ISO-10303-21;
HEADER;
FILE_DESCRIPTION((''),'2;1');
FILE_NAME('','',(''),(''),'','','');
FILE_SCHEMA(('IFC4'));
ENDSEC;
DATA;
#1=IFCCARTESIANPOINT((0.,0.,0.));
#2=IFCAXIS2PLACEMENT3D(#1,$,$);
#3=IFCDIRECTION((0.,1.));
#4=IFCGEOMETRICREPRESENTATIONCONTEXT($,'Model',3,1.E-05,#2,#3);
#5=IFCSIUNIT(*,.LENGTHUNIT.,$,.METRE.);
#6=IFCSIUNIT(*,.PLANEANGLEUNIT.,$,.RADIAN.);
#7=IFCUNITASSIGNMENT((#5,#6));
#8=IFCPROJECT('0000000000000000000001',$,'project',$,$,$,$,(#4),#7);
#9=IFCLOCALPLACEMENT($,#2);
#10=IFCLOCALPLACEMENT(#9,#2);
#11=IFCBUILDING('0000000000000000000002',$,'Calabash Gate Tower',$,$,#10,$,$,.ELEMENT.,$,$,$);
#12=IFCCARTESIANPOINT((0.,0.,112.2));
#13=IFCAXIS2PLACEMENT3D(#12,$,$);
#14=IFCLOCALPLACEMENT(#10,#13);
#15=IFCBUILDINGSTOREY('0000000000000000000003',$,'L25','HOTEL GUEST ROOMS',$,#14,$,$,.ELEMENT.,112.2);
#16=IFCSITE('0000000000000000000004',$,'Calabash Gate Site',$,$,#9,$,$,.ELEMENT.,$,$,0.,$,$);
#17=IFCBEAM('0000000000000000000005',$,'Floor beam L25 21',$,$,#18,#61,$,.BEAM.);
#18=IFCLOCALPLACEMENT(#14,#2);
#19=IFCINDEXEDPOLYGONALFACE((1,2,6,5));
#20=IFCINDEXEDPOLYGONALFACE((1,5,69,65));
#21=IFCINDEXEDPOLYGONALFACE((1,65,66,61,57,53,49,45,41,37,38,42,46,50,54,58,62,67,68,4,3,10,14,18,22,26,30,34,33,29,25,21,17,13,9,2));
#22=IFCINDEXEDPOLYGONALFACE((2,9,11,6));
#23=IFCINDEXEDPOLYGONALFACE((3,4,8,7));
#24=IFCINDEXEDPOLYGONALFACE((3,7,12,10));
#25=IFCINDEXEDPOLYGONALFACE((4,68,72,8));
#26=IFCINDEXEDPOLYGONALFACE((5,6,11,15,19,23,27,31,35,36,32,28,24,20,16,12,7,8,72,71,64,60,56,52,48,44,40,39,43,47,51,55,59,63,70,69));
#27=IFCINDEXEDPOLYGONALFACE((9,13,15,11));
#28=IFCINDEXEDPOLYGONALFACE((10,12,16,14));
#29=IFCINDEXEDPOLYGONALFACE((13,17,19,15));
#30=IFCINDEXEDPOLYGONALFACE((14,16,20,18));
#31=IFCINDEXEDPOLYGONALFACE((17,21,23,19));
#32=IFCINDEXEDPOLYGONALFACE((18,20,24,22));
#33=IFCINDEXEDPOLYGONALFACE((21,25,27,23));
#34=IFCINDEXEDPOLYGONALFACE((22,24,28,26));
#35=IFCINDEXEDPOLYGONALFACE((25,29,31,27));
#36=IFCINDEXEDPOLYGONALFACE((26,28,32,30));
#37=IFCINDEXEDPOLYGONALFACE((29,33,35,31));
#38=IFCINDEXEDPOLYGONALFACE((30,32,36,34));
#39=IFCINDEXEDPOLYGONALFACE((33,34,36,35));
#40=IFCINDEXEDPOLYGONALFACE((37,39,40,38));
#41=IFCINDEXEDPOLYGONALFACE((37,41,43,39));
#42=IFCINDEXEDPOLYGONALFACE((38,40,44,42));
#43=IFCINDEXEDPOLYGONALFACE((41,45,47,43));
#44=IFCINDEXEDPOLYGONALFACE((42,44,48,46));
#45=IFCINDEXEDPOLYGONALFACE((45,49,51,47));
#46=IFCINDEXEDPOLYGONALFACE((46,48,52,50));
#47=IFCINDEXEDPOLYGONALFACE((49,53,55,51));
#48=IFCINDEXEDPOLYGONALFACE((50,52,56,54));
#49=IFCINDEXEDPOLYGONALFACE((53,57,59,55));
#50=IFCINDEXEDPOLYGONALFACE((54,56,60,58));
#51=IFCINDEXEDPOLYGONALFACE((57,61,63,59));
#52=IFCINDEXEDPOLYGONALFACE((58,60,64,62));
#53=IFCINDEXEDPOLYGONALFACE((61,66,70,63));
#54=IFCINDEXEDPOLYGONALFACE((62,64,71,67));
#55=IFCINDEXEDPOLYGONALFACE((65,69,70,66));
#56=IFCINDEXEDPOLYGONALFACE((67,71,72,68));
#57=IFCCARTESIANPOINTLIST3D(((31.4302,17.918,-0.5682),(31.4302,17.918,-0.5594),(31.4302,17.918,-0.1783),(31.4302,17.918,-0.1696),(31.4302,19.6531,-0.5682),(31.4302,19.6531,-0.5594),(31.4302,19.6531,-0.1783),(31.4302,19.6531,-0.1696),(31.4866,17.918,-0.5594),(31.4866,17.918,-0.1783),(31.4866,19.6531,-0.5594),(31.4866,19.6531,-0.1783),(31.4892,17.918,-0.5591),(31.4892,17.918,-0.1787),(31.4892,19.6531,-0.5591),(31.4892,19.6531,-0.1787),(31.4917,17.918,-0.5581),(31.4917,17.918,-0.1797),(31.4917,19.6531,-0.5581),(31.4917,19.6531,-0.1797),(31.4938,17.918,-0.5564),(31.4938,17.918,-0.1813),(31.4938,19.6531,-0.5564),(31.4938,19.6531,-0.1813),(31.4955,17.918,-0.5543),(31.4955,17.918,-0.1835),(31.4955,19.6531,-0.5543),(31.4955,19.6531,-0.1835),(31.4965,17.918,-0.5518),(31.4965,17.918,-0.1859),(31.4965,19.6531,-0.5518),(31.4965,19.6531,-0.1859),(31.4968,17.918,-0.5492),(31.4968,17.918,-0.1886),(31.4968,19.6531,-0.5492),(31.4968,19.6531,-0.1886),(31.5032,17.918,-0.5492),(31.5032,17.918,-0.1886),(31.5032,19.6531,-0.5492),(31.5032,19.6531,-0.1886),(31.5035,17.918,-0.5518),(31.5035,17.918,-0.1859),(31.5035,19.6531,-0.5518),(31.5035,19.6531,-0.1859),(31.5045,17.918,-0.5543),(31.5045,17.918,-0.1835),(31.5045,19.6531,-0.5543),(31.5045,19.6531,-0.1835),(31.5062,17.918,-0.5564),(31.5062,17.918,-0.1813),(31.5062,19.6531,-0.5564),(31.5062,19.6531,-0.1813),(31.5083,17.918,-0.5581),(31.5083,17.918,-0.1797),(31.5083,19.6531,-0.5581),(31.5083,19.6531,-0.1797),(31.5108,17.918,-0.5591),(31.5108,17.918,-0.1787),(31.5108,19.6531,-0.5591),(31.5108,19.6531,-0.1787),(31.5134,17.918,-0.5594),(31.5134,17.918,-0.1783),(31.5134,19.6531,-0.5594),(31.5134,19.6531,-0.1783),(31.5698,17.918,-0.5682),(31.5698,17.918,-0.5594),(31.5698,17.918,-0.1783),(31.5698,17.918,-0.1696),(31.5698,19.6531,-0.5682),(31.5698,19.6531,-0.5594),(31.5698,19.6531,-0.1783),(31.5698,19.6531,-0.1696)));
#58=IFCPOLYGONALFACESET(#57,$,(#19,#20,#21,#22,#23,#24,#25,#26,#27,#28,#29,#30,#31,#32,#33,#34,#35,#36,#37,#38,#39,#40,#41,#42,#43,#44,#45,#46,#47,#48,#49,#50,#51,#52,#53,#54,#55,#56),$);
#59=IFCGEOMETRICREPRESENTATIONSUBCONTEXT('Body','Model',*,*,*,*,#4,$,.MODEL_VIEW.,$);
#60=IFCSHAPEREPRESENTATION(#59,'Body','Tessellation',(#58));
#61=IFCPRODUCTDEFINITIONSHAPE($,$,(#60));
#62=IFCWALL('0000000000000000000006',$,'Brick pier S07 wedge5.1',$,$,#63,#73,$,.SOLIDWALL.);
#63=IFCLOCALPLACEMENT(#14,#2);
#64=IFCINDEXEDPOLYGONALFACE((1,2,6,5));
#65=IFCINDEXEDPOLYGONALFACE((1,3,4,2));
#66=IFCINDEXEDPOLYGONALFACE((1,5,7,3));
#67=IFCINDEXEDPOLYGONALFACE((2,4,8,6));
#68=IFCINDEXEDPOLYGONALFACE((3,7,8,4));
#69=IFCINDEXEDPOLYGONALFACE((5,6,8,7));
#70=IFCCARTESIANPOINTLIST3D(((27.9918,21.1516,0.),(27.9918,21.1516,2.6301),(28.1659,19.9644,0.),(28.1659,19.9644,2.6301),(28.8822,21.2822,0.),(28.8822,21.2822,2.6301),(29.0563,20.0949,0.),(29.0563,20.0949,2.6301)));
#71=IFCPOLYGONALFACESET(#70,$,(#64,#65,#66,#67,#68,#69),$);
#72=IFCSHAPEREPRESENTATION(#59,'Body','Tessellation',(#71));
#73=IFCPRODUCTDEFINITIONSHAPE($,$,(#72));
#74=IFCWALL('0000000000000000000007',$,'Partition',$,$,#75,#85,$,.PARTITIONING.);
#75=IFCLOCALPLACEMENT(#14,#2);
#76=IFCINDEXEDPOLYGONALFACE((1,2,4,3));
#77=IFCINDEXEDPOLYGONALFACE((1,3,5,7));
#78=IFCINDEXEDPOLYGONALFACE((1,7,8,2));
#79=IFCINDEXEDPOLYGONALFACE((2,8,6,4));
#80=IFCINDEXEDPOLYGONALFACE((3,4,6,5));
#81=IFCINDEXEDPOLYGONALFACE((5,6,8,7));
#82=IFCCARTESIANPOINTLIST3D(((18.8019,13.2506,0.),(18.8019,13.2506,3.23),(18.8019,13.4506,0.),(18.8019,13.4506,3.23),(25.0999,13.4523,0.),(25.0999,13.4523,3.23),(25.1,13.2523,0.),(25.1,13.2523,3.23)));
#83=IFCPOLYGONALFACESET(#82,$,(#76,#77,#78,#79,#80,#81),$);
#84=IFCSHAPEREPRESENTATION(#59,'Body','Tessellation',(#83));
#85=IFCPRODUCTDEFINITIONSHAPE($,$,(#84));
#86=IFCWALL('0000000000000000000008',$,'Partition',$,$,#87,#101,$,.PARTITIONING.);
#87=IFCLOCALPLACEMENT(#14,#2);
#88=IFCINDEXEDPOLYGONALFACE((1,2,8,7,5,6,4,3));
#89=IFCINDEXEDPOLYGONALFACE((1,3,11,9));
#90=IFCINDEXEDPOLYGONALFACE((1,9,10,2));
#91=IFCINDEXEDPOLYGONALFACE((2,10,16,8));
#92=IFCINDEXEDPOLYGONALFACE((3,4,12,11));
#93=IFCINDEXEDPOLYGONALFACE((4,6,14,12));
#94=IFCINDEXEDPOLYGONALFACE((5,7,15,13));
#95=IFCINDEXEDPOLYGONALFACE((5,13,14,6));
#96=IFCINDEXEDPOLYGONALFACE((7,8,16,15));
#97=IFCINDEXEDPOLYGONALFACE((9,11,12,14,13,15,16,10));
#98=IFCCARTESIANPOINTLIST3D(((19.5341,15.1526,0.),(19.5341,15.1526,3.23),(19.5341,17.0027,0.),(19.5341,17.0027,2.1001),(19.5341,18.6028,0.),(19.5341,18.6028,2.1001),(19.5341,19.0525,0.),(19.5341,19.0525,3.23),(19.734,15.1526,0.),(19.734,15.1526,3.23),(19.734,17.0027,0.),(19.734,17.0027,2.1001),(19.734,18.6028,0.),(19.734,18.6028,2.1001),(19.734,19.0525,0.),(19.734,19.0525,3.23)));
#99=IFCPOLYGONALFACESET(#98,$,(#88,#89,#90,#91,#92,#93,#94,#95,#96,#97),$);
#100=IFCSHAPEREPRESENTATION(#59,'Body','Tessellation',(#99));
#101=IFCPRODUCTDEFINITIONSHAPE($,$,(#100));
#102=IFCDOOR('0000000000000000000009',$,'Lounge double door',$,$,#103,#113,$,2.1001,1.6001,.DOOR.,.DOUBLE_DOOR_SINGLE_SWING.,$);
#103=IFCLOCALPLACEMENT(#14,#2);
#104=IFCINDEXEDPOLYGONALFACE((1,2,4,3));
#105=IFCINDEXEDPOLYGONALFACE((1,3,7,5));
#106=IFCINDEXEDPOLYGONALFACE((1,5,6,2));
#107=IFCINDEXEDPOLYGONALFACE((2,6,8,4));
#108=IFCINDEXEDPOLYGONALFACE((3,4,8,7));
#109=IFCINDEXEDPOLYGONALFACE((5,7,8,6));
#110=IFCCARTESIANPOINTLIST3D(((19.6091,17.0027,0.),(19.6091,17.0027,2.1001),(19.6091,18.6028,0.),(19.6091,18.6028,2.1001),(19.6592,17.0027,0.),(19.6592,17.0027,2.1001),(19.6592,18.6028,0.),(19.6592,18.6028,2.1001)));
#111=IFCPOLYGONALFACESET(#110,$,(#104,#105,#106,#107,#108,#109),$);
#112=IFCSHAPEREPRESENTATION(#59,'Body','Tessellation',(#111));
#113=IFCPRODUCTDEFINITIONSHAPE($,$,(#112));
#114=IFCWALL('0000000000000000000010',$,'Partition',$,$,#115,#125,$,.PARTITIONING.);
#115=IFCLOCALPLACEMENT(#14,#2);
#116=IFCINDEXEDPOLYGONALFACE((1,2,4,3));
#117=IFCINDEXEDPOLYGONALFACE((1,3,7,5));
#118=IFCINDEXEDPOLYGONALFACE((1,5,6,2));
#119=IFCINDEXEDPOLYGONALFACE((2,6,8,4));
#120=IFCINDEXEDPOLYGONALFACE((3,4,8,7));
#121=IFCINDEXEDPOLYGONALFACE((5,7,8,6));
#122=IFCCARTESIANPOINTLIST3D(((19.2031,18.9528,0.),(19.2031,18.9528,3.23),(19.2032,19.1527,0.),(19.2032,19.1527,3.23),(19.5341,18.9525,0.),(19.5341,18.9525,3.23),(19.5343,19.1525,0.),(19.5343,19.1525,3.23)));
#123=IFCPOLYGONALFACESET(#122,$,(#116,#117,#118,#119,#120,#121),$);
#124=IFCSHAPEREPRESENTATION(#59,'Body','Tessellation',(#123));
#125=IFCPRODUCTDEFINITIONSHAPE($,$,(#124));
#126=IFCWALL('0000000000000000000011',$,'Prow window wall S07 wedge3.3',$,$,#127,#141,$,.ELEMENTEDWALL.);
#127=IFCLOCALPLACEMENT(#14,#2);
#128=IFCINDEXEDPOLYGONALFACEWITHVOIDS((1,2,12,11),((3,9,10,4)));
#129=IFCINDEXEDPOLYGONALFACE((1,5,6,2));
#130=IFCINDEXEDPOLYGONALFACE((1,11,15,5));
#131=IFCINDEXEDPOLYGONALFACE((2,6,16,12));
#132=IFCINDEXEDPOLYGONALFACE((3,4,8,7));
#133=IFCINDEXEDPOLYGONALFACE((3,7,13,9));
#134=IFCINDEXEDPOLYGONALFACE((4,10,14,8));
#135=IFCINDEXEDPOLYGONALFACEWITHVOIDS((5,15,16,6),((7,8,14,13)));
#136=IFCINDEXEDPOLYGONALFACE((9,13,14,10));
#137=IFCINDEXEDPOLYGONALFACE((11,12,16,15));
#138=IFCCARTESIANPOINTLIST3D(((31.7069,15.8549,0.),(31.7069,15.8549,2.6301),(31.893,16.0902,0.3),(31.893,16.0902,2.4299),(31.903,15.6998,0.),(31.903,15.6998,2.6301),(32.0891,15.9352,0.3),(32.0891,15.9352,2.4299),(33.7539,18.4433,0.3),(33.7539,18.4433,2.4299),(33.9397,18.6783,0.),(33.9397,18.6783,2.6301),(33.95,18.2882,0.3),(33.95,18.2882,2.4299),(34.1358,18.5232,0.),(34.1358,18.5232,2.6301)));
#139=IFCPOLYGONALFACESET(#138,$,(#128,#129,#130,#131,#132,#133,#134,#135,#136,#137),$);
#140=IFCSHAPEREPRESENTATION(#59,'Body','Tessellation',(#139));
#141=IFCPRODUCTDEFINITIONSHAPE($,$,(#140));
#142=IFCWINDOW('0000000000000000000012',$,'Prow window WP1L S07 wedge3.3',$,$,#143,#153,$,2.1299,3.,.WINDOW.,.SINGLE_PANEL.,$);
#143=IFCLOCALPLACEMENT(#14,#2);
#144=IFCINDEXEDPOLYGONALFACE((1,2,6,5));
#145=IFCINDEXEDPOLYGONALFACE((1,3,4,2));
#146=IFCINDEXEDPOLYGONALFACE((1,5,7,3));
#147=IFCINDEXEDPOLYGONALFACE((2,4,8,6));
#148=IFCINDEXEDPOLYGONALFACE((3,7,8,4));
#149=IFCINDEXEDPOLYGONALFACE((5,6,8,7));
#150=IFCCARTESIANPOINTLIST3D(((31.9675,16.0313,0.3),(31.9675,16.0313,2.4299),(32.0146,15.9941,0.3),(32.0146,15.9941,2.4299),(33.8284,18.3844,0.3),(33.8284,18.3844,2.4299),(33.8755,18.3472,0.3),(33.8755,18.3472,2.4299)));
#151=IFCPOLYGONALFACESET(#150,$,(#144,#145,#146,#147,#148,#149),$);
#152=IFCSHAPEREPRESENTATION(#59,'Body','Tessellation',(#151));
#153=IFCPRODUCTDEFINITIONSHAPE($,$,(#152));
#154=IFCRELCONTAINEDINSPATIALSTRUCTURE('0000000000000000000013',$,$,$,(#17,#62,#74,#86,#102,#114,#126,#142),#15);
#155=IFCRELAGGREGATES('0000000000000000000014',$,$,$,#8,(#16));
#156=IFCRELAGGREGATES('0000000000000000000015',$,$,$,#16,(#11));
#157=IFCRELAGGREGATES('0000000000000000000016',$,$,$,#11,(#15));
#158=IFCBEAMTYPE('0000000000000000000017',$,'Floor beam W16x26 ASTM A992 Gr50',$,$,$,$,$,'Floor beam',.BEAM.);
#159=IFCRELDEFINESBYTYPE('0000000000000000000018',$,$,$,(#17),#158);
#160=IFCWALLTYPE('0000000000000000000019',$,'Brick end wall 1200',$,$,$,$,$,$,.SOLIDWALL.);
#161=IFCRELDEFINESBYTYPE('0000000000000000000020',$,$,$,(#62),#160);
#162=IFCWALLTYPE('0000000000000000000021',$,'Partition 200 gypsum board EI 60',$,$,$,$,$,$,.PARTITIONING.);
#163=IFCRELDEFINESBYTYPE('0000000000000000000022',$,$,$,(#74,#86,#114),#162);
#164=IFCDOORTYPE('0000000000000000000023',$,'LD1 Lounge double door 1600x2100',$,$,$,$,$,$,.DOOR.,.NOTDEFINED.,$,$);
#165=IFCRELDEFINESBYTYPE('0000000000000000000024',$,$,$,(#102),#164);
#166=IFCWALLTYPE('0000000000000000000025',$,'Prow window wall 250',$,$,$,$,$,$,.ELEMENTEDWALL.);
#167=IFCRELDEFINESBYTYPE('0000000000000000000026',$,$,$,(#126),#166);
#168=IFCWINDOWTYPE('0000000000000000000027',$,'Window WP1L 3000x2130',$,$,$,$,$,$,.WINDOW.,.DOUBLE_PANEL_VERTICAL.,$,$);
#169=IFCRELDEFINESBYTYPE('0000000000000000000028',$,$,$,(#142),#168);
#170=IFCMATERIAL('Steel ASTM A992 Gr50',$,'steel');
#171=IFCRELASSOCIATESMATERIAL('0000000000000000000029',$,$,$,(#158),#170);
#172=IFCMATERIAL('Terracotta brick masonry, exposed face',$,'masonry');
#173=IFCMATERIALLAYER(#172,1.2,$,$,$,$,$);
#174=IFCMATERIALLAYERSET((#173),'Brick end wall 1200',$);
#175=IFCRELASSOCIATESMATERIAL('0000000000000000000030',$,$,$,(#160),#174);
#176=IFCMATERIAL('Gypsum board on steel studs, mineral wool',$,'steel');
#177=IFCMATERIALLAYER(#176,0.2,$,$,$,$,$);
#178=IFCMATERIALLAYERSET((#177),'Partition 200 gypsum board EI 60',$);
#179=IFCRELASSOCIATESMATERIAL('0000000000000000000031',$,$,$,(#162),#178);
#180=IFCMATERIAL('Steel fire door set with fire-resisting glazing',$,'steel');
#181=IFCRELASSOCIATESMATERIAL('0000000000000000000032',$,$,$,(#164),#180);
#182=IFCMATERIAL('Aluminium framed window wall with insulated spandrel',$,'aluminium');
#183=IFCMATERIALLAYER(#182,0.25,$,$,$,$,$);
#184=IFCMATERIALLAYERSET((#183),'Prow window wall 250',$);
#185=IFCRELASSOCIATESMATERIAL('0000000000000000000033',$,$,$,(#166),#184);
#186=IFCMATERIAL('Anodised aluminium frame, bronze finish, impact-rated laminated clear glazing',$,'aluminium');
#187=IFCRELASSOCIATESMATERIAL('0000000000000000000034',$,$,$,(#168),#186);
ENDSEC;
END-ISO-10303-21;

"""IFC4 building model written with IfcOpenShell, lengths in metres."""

from ifc_helpers import new_model, si_unit, direction, frame, frame_2d, origin, origin_2d, place, context, subcontext, project, spatial, rectangle, i_section, extrude, material, layer, layer_set, material_profile, profile_set, type_object, element, fill, save


model = new_model("IFC4")

# Units and contexts
model_context = context("Model", 3, precision=1e-05, world=origin(), true_north=direction((0.0, 1.0)))
body_context = subcontext(model_context, "Body", "Model", "MODEL_VIEW")
ifc_project = project(units=[si_unit("LENGTHUNIT", "METRE"), si_unit("PLANEANGLEUNIT", "RADIAN")], contexts=[model_context])

# Site, building, storey
site_placement = place(None, origin())
site = spatial("IfcSite", under=ifc_project, at=site_placement, Name="Calabash Gate Site", CompositionType="ELEMENT", RefElevation=0.0)
building_placement = place(site_placement, origin())
building = spatial("IfcBuilding", under=site, at=building_placement, Name="Calabash Gate Tower", CompositionType="ELEMENT")
storey_placement = place(building_placement, frame((0.0, 0.0, 112.2)))
storey = spatial("IfcBuildingStorey", under=building, at=storey_placement, Name="L25", Description="HOTEL GUEST ROOMS", CompositionType="ELEMENT", Elevation=112.2)

# Beam
ifc_material_1 = material(Name="Steel ASTM A992 Gr50", Category="steel")
ifc_material_profile_1 = material_profile(ifc_material_1, i_section(OverallWidth=0.1396, OverallDepth=0.3987, WebThickness=0.0063, FlangeThickness=0.0088, FilletRadius=0.0103, at=origin_2d()))
ifc_profile_set_1 = profile_set([ifc_material_profile_1], Name="Steel ASTM A992 Gr50")
beam_type_1 = type_object("IfcBeamType", Name="Floor beam W16x26 ASTM A992 Gr50", ElementType="Floor beam", PredefinedType="BEAM", material=ifc_profile_set_1)
beam_1_placement = place(storey_placement, frame((31.5, 17.918, -0.3689), z_axis=(0.0, 1.0, 0.0), x_axis=(-1.0, 0.0, 0.0)))
element("IfcBeam", 1, at=beam_1_placement, inside=storey, type_object=beam_type_1, Name="Floor beam L25 21", PredefinedType="BEAM", context=body_context, shape_type="SweptSolid", body=[
    extrude(i_section(OverallWidth=0.1396, OverallDepth=0.3987, WebThickness=0.0063, FlangeThickness=0.0088, FilletRadius=0.0103, at=origin_2d()), origin(), (0.0, 0.0, 1.0), 1.7351),
])

# Walls
ifc_material_2 = material(Name="Terracotta brick masonry, exposed face", Category="masonry")
ifc_layer_1 = layer(ifc_material_2, 1.2)
ifc_layer_set_1 = layer_set([ifc_layer_1], Name="Brick end wall 1200")
wall_type_1 = type_object("IfcWallType", Name="Brick end wall 1200", PredefinedType="SOLIDWALL", material=ifc_layer_set_1)
wall_1_placement = place(storey_placement, frame((28.437, 21.217, 0.0), z_axis=(0.0, 0.0, 1.0), x_axis=(0.145066, -0.989422, 0.0)))
element("IfcWall", 2, at=wall_1_placement, inside=storey, type_object=wall_type_1, Name="Brick pier S07 wedge5.1", PredefinedType="SOLIDWALL", context=body_context, shape_type="SweptSolid", body=[
    extrude(rectangle(XDim=1.2, YDim=0.8999, at=frame_2d((0.6001, 0.0))), origin(), (0.0, 0.0, 1.0), 2.6301),
])
ifc_material_3 = material(Name="Gypsum board on steel studs, mineral wool", Category="steel")
ifc_layer_2 = layer(ifc_material_3, 0.2)
ifc_layer_set_2 = layer_set([ifc_layer_2], Name="Partition 200 gypsum board EI 60")
wall_type_2 = type_object("IfcWallType", Name="Partition 200 gypsum board EI 60", PredefinedType="PARTITIONING", material=ifc_layer_set_2)
wall_2_placement = place(storey_placement, frame((18.802, 13.3506, 0.0), z_axis=(0.0, 0.0, 1.0), x_axis=(1.0, 0.000271, 0.0)))
element("IfcWall", 3, at=wall_2_placement, inside=storey, type_object=wall_type_2, Name="Partition", PredefinedType="PARTITIONING", context=body_context, shape_type="SweptSolid", body=[
    extrude(rectangle(XDim=6.2981, YDim=0.2, at=frame_2d((3.1489, 0.0))), origin(), (0.0, 0.0, 1.0), 3.23),
])

# Wall, opening, door
wall_3_placement = place(storey_placement, frame((19.634, 15.1526, 0.0), z_axis=(0.0, 0.0, 1.0), x_axis=(0.0, 1.0, 0.0)))
wall_3 = element("IfcWall", 4, at=wall_3_placement, inside=storey, type_object=wall_type_2, Name="Partition", PredefinedType="PARTITIONING", context=body_context, shape_type="SweptSolid", body=[
    extrude(rectangle(XDim=3.8999, YDim=0.2, at=frame_2d((1.95, 0.0))), origin(), (0.0, 0.0, 1.0), 3.23),
])
opening_1_placement = place(wall_3_placement, frame((1.8501, 0.0, 0.0)))
opening_1 = element("IfcOpeningElement", 5, at=opening_1_placement, cuts=wall_3, PredefinedType="OPENING", context=body_context, shape_type="SweptSolid", body=[
    extrude(rectangle(XDim=1.6001, YDim=2.1001, at=frame_2d((0.8, 1.05))), frame((0.0, 0.1099, 0.0), z_axis=(0.0, -1.0, 0.0), x_axis=(1.0, 0.0, 0.0)), (0.0, 0.0, 1.0), 0.22),
])
ifc_material_4 = material(Name="Steel fire door set with fire-resisting glazing", Category="steel")
door_type = type_object("IfcDoorType", Name="LD1 Lounge double door 1600x2100", OperationType="NOTDEFINED", PredefinedType="DOOR", material=ifc_material_4)
door_placement = place(opening_1_placement, origin())
door = element("IfcDoor", 6, at=door_placement, inside=storey, type_object=door_type, Name="Lounge double door", OperationType="DOUBLE_DOOR_SINGLE_SWING", OverallHeight=2.1001, OverallWidth=1.6001, PredefinedType="DOOR", context=body_context, shape_type="SweptSolid", body=[
    extrude(rectangle(XDim=1.6001, YDim=2.1001, at=frame_2d((0.8, 1.05))), frame((0.0, 0.0249, 0.0), z_axis=(0.0, -1.0, 0.0), x_axis=(1.0, 0.0, 0.0)), (0.0, 0.0, 1.0), 0.05),
])
fill(opening_1, door)

# Wall
wall_4_placement = place(storey_placement, frame((19.2031, 19.0527, 0.0), z_axis=(0.0, 0.0, 1.0), x_axis=(1.0, -0.000737, 0.0)))
element("IfcWall", 7, at=wall_4_placement, inside=storey, type_object=wall_type_2, Name="Partition", PredefinedType="PARTITIONING", context=body_context, shape_type="SweptSolid", body=[
    extrude(rectangle(XDim=0.3311, YDim=0.2, at=frame_2d((0.1655, 0.0))), origin(), (0.0, 0.0, 1.0), 3.23),
])

# Wall, opening, window
ifc_material_5 = material(Name="Aluminium framed window wall with insulated spandrel", Category="aluminium")
ifc_layer_3 = layer(ifc_material_5, 0.25)
ifc_layer_set_3 = layer_set([ifc_layer_3], Name="Prow window wall 250")
wall_type_3 = type_object("IfcWallType", Name="Prow window wall 250", PredefinedType="ELEMENTEDWALL", material=ifc_layer_set_3)
wall_5_placement = place(storey_placement, frame((31.8049, 15.7773, 0.0), z_axis=(0.0, 0.0, 1.0), x_axis=(0.620302, 0.784363, 0.0)))
wall_5 = element("IfcWall", 8, at=wall_5_placement, inside=storey, type_object=wall_type_3, Name="Prow window wall S07 wedge3.3", PredefinedType="ELEMENTEDWALL", context=body_context, shape_type="SweptSolid", body=[
    extrude(rectangle(XDim=3.5996, YDim=0.25, at=frame_2d((1.7998, 0.0))), origin(), (0.0, 0.0, 1.0), 2.6301),
])
opening_2_placement = place(wall_5_placement, frame((0.3, 0.0, 0.3)))
opening_2 = element("IfcOpeningElement", 9, at=opening_2_placement, cuts=wall_5, PredefinedType="OPENING", context=body_context, shape_type="SweptSolid", body=[
    extrude(rectangle(XDim=3.0, YDim=2.1299, at=frame_2d((1.5, 1.0649))), frame((0.0, 0.135, 0.0), z_axis=(0.0, -1.0, 0.0), x_axis=(1.0, 0.0, 0.0)), (0.0, 0.0, 1.0), 0.27),
])
ifc_material_6 = material(Name="Anodised aluminium frame, bronze finish, impact-rated laminated clear glazing", Category="aluminium")
window_type_1 = type_object("IfcWindowType", Name="Window WP1L 3000x2130", PartitioningType="DOUBLE_PANEL_VERTICAL", PredefinedType="WINDOW", material=ifc_material_6)
window_1_placement = place(opening_2_placement, origin())
window_1 = element("IfcWindow", 10, at=window_1_placement, inside=storey, type_object=window_type_1, Name="Prow window WP1L S07 wedge3.3", OverallHeight=2.1299, OverallWidth=3.0, PartitioningType="SINGLE_PANEL", PredefinedType="WINDOW", context=body_context, shape_type="SweptSolid", body=[
    extrude(rectangle(XDim=3.0, YDim=2.1299, at=frame_2d((1.5, 1.0649))), frame((0.0, 0.03, 0.0), z_axis=(0.0, -1.0, 0.0), x_axis=(1.0, 0.0, 0.0)), (0.0, 0.0, 1.0), 0.0601),
])
fill(opening_2, window_1)

save(model, "model.ifc")
